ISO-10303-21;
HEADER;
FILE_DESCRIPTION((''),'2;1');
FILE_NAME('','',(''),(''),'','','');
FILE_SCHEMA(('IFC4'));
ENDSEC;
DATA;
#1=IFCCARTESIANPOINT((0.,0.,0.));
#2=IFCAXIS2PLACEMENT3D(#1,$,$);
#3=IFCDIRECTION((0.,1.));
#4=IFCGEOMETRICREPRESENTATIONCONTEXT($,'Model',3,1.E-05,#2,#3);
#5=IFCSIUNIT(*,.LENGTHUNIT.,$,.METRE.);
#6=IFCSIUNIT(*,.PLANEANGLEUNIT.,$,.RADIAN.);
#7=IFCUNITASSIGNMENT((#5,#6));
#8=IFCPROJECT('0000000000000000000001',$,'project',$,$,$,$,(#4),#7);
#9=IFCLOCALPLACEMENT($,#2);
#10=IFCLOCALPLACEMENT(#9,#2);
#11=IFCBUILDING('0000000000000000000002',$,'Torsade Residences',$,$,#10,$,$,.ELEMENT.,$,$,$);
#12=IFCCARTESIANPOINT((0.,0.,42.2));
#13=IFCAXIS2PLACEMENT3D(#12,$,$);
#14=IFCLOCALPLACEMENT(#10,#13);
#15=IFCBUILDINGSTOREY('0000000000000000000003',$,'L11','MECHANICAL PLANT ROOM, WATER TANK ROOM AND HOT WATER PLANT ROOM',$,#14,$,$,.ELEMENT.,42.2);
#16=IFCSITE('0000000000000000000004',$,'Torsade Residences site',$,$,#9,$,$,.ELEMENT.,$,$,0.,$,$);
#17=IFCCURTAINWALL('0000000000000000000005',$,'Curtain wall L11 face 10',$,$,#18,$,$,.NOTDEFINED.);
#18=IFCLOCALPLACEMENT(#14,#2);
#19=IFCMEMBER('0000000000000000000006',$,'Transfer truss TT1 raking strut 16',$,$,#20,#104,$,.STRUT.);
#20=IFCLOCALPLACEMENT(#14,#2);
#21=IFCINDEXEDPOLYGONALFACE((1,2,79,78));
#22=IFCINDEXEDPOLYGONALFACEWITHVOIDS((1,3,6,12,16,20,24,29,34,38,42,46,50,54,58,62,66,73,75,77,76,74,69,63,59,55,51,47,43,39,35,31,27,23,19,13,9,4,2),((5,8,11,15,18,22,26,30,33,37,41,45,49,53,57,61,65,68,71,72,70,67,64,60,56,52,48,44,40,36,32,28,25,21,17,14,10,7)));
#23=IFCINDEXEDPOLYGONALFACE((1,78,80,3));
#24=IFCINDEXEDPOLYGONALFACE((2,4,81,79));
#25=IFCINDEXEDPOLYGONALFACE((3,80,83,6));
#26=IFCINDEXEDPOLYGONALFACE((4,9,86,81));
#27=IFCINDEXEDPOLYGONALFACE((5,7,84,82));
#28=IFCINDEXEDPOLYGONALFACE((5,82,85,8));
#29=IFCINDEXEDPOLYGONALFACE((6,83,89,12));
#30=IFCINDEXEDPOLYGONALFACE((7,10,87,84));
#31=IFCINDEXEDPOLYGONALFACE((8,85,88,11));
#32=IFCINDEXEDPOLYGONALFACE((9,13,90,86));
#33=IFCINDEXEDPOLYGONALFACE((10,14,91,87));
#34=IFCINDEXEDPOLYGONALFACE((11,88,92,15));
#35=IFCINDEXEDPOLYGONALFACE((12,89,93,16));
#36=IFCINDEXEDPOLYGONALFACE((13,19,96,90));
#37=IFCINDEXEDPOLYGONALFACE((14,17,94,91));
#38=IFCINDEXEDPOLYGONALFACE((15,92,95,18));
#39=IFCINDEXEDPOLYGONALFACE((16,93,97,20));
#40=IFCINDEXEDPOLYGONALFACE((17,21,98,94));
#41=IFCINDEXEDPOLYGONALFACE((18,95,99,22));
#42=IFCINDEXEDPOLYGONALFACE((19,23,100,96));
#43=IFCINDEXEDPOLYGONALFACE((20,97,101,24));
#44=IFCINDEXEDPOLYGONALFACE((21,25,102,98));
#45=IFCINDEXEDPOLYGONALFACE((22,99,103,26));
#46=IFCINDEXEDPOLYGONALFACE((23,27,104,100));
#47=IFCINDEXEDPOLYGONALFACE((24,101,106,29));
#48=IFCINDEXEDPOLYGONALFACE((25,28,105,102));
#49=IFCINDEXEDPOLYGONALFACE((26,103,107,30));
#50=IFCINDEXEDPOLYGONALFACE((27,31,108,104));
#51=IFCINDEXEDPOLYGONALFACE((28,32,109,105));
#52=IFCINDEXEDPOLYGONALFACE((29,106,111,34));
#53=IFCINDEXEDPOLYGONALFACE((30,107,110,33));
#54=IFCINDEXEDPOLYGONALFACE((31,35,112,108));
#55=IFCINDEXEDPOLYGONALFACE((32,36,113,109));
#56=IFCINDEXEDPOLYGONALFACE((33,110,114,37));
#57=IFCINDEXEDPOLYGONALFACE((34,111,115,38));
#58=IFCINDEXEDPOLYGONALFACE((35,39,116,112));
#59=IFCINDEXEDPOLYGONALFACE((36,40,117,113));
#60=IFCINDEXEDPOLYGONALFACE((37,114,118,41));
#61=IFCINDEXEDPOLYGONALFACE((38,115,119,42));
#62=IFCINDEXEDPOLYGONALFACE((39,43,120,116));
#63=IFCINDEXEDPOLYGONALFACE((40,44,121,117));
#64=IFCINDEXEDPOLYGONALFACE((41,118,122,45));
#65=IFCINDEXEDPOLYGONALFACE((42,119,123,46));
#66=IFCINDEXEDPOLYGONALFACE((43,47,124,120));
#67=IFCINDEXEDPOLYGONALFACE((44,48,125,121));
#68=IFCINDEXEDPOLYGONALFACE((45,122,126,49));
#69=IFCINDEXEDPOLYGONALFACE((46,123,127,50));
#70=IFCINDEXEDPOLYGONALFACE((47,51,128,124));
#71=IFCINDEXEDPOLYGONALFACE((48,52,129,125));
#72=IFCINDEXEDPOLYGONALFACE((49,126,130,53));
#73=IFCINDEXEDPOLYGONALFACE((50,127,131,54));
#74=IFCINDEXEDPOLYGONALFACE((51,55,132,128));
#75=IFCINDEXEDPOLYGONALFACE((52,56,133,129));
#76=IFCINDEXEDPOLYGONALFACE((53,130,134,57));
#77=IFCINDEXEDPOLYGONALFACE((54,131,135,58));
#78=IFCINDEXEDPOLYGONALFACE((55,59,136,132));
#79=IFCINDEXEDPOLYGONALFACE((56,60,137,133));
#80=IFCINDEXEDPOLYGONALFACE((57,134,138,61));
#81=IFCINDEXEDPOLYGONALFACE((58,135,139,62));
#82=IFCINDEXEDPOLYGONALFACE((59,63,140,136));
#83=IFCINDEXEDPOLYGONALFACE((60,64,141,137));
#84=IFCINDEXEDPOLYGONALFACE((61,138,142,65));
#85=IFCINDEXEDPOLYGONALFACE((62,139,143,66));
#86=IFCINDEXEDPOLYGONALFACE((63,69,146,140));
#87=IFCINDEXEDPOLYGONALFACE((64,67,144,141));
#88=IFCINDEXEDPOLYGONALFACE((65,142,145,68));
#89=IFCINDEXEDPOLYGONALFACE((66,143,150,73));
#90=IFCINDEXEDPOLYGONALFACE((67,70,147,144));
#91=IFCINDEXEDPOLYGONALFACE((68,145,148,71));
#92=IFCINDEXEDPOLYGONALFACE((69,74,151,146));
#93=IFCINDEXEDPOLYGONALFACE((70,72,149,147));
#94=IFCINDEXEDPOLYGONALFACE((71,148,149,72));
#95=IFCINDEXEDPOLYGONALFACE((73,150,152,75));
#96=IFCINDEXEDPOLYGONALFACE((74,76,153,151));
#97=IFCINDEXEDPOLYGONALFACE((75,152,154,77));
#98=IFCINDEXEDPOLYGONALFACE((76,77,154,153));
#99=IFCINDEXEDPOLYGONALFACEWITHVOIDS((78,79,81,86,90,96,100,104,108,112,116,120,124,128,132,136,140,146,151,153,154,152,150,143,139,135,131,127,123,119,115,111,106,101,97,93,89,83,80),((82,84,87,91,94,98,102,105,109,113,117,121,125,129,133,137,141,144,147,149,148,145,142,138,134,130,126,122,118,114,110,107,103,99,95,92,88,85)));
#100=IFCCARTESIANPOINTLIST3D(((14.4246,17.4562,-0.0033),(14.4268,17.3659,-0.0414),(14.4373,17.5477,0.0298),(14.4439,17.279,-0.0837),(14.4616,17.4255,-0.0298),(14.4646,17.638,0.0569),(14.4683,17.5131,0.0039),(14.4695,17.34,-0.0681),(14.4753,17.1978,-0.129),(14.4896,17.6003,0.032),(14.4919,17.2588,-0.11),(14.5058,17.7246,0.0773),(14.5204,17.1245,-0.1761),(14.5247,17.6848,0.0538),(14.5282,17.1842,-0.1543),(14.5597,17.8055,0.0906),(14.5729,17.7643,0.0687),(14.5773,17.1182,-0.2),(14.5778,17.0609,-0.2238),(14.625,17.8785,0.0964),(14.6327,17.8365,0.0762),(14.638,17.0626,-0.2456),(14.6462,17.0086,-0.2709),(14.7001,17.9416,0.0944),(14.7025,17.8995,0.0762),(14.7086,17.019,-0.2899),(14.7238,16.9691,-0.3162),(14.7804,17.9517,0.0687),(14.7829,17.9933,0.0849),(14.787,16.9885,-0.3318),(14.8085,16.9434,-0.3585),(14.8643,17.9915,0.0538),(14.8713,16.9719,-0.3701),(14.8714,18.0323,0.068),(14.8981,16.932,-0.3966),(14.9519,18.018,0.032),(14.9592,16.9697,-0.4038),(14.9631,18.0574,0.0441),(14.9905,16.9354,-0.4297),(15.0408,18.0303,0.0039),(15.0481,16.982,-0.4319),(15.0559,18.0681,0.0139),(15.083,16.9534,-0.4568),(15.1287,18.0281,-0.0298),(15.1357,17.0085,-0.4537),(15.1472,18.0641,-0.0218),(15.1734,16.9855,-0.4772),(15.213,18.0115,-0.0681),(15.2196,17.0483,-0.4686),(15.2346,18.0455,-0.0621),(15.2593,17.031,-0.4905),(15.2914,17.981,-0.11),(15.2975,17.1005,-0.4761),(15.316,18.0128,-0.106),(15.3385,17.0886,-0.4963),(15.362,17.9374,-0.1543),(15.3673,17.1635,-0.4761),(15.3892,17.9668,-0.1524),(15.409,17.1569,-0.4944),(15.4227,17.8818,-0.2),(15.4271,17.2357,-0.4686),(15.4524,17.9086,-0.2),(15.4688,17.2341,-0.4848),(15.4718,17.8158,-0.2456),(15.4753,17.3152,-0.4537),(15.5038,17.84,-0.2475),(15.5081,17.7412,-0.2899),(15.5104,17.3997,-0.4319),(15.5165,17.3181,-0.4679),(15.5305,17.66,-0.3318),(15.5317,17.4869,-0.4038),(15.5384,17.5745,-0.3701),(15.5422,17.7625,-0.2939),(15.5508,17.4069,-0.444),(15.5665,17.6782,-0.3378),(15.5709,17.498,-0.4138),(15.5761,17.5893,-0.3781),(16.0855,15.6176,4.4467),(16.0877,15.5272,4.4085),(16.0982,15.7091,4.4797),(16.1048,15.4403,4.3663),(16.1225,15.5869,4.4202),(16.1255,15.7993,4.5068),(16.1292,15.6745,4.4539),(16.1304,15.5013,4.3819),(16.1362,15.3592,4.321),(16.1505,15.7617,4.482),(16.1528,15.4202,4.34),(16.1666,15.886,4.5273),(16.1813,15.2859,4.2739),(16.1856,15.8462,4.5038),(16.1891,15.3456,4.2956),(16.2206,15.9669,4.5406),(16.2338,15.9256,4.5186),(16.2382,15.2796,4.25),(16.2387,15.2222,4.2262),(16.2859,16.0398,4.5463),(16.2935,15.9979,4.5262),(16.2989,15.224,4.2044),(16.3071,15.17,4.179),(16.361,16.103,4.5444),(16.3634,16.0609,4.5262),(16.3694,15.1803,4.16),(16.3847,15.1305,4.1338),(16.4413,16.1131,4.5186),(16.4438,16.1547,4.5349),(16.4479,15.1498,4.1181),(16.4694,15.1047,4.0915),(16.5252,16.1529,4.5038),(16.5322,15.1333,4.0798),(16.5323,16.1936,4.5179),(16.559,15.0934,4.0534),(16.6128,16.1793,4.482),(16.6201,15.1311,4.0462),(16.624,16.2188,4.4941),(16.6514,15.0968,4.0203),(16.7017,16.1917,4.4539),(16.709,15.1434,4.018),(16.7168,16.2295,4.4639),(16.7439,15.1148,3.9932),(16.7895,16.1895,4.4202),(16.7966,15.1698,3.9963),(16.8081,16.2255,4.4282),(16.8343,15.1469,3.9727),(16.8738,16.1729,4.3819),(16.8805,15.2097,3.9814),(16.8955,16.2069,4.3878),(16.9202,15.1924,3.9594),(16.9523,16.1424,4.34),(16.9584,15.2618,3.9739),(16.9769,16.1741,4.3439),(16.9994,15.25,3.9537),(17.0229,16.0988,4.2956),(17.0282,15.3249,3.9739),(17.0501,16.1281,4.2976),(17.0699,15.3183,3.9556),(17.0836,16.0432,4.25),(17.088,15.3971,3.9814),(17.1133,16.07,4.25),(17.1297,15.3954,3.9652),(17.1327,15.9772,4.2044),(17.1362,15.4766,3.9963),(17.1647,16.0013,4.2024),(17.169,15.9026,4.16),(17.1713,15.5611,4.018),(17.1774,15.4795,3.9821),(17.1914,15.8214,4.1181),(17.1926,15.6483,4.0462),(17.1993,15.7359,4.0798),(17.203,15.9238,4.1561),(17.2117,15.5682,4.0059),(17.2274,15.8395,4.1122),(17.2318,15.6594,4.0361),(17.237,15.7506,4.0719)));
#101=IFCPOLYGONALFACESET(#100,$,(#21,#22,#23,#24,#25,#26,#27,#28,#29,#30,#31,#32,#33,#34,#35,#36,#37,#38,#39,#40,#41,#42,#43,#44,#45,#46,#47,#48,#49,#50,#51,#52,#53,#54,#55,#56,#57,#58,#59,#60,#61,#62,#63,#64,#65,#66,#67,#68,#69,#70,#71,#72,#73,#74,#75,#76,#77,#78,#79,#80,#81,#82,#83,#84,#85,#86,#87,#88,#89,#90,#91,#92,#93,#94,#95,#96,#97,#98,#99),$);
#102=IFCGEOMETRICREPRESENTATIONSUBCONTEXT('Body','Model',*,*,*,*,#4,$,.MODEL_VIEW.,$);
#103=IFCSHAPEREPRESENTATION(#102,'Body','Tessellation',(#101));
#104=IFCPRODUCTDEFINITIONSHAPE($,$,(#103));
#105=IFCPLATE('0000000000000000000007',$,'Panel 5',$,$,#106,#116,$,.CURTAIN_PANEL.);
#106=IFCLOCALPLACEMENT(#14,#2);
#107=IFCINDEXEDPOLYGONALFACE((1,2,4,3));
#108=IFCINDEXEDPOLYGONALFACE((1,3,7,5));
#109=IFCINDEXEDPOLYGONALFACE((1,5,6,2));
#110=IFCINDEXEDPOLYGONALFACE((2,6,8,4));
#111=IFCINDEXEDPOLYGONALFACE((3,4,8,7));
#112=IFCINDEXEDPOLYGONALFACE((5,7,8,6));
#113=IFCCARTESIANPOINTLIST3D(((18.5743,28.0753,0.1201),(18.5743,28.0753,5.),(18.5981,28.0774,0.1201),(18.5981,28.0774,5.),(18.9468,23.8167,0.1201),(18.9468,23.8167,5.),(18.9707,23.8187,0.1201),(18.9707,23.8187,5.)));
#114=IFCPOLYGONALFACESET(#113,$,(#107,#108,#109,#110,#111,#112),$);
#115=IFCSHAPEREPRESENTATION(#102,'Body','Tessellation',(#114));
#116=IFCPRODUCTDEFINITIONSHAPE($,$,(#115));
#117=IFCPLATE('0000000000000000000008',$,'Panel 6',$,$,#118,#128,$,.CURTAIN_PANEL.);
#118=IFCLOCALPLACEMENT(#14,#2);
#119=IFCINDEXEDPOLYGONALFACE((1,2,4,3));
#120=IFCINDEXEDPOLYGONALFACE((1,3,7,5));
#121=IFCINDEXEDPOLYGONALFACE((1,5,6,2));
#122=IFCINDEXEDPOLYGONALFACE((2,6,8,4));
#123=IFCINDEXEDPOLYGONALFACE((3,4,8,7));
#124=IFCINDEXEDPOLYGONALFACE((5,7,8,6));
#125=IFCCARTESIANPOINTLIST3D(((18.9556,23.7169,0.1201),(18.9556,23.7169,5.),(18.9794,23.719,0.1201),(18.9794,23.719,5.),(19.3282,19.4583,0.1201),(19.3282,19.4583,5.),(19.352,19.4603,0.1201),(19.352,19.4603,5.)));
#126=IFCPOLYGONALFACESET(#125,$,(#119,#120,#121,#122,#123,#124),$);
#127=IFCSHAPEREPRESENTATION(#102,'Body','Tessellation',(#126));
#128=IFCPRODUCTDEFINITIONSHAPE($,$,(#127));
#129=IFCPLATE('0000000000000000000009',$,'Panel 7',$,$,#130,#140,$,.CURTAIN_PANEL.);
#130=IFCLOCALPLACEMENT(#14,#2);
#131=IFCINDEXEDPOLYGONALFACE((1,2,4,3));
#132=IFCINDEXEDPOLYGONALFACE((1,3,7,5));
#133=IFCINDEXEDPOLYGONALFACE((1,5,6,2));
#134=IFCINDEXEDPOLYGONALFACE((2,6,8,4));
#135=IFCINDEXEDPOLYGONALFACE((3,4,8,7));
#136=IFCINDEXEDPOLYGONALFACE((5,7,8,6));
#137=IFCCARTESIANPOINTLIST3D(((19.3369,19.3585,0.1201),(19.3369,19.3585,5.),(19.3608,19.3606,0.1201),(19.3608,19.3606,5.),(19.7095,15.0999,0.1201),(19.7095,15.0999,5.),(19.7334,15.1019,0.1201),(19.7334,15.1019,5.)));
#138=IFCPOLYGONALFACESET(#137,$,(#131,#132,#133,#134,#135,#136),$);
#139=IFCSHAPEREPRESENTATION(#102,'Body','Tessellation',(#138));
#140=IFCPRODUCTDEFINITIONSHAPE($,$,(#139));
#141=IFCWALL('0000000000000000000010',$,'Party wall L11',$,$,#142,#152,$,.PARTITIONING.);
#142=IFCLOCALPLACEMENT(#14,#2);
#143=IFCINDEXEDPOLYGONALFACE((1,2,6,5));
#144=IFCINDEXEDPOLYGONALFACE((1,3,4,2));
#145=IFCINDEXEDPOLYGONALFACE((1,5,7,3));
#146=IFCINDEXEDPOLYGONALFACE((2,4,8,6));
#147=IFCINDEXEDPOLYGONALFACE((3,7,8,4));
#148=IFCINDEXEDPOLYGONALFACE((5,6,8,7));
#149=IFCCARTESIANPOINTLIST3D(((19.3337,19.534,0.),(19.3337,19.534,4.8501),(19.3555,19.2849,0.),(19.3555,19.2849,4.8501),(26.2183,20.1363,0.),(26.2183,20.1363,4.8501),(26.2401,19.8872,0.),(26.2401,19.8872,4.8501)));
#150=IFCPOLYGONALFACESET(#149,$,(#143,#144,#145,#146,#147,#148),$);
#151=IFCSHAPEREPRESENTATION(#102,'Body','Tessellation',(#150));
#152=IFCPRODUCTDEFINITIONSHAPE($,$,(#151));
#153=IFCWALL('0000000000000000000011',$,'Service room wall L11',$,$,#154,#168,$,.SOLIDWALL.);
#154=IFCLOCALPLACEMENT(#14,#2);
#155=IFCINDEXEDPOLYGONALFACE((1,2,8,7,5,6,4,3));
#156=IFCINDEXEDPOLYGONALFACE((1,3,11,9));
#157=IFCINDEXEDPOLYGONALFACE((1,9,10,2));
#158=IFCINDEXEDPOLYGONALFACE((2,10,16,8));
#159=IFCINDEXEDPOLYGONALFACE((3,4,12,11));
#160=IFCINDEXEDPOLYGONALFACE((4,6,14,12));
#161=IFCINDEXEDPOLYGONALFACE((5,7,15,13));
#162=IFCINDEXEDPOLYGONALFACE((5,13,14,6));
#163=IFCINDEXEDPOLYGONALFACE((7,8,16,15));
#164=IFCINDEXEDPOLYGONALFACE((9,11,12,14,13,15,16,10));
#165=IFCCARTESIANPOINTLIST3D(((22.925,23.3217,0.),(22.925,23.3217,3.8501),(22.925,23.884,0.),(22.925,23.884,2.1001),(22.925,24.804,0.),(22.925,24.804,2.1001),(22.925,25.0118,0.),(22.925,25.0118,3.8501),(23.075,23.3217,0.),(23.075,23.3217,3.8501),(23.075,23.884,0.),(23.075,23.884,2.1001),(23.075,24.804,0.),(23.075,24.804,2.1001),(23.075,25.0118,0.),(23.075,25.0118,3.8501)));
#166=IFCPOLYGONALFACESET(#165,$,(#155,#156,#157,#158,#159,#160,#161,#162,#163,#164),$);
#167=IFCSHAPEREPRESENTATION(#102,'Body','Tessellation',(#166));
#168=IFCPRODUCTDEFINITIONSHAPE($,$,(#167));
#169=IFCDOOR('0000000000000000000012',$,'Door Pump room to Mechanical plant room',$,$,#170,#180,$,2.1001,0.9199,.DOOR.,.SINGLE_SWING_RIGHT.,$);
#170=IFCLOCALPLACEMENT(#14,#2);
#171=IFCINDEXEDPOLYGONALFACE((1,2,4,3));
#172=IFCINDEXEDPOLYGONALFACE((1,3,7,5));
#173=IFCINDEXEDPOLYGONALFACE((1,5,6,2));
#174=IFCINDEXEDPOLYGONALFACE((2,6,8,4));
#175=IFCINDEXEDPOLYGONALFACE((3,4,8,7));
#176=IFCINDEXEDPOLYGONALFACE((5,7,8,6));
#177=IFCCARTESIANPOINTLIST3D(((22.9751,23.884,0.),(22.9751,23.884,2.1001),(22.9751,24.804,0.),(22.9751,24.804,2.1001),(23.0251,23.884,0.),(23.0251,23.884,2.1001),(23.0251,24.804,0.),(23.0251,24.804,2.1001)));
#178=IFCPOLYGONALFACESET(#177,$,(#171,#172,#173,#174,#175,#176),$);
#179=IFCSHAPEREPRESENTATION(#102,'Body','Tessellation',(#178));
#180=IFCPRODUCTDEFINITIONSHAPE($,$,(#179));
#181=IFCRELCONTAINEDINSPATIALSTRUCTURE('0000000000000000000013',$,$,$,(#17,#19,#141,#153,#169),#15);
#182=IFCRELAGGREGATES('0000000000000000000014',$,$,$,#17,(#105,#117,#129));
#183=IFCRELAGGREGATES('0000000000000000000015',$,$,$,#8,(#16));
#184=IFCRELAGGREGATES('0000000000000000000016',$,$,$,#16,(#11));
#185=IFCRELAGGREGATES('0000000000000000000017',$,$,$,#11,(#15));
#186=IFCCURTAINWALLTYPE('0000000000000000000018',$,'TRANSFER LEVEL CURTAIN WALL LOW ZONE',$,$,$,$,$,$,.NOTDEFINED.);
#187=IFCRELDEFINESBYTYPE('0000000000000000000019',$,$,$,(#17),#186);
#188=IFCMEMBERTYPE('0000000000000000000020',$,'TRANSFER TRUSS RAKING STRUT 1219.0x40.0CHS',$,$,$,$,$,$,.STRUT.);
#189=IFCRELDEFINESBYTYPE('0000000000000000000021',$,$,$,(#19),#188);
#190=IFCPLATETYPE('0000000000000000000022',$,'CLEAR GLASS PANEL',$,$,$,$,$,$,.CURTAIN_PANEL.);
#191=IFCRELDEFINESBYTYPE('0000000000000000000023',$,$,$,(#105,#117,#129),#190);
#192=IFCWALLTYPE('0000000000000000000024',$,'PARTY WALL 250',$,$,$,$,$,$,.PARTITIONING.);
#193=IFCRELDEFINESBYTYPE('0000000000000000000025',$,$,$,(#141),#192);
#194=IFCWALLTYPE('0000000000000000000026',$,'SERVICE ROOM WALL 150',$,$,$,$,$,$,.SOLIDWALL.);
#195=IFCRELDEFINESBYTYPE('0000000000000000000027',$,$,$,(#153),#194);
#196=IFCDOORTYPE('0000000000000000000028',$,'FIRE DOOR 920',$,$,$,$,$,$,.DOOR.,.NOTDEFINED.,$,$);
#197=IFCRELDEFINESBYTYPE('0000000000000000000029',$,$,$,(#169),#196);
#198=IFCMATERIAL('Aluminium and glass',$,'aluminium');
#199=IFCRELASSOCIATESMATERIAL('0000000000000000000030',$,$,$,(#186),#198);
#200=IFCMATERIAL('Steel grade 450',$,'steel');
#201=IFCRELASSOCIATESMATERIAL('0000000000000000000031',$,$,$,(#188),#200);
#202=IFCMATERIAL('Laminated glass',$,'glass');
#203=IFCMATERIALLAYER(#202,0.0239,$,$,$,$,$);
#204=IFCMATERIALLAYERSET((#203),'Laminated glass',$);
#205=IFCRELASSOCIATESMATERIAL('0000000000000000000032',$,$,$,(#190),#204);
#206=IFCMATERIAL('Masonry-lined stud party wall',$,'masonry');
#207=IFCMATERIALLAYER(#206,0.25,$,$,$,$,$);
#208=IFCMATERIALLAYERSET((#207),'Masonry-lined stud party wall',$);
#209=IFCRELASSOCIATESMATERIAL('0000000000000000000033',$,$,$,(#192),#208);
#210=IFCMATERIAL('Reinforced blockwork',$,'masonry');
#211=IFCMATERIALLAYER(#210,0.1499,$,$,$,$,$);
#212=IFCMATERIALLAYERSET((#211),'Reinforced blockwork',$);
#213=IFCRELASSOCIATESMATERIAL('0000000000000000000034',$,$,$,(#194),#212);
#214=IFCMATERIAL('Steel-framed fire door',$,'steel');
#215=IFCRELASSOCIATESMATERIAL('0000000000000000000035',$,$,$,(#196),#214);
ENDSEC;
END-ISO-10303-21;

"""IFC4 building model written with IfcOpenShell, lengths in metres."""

from ifc_helpers import new_model, si_unit, direction, frame, frame_2d, origin, origin_2d, place, context, subcontext, project, spatial, rectangle, hollow_circle, extrude, material, layer, layer_set, material_profile, profile_set, type_object, element, fill, aggregate, save


model = new_model("IFC4")

# Units and contexts
model_context = context("Model", 3, precision=1e-05, world=origin(), true_north=direction((0.0, 1.0)))
body_context = subcontext(model_context, "Body", "Model", "MODEL_VIEW")
ifc_project = project(units=[si_unit("LENGTHUNIT", "METRE"), si_unit("PLANEANGLEUNIT", "RADIAN")], contexts=[model_context])

# Site, building, storey
site_placement = place(None, origin())
site = spatial("IfcSite", under=ifc_project, at=site_placement, Name="Torsade Residences site", CompositionType="ELEMENT", RefElevation=0.0)
building_placement = place(site_placement, origin())
building = spatial("IfcBuilding", under=site, at=building_placement, Name="Torsade Residences", CompositionType="ELEMENT")
storey_placement = place(building_placement, frame((0.0, 0.0, 42.2)))
storey = spatial("IfcBuildingStorey", under=building, at=storey_placement, Name="L11", Description="MECHANICAL PLANT ROOM, WATER TANK ROOM AND HOT WATER PLANT ROOM", CompositionType="ELEMENT", Elevation=42.2)

# Curtain wall
ifc_material_1 = material(Name="Aluminium and glass", Category="aluminium")
curtain_wall_type = type_object("IfcCurtainWallType", Name="TRANSFER LEVEL CURTAIN WALL LOW ZONE", PredefinedType="NOTDEFINED", material=ifc_material_1)
curtain_wall_placement = place(storey_placement, origin())
curtain_wall = element("IfcCurtainWall", 1, at=curtain_wall_placement, inside=storey, type_object=curtain_wall_type, Name="Curtain wall L11 face 10", PredefinedType="NOTDEFINED")

# Member
ifc_material_2 = material(Name="Steel grade 450", Category="steel")
ifc_material_profile_1 = material_profile(ifc_material_2, hollow_circle(Radius=0.6096, WallThickness=0.04, at=origin_2d()), Name="1219.0x40.0CHS")
ifc_profile_set_1 = profile_set([ifc_material_profile_1], Name="Steel grade 450")
member_type_1 = type_object("IfcMemberType", Name="TRANSFER TRUSS RAKING STRUT 1219.0x40.0CHS", PredefinedType="STRUT", material=ifc_profile_set_1)
member_1_placement = place(storey_placement, frame((15.0, 17.5, -0.2), z_axis=(0.326096, -0.360992, 0.873697), x_axis=(0.742063, 0.67033, 0.0)))
element("IfcMember", 2, at=member_1_placement, inside=storey, type_object=member_type_1, Name="Transfer truss TT1 raking strut 16", PredefinedType="STRUT", context=body_context, shape_type="SweptSolid", body=[
    extrude(hollow_circle(Radius=0.6096, WallThickness=0.04, at=origin_2d()), origin(), (0.0, 0.0, 1.0), 5.0933),
])

# Plates
ifc_material_3 = material(Name="Laminated glass", Category="glass")
ifc_layer_1 = layer(ifc_material_3, 0.0239)
ifc_layer_set_1 = layer_set([ifc_layer_1], Name="Laminated glass")
plate_type = type_object("IfcPlateType", Name="CLEAR GLASS PANEL", PredefinedType="CURTAIN_PANEL", material=ifc_layer_set_1)
plate_1_placement = place(storey_placement, frame((18.7725, 25.947, 0.1201), z_axis=(0.0, 0.0, 1.0), x_axis=(0.087156, -0.996195, 0.0)))
plate_1 = element("IfcPlate", 3, at=plate_1_placement, type_object=plate_type, Name="Panel 5", PredefinedType="CURTAIN_PANEL", context=body_context, shape_type="SweptSolid", body=[
    extrude(rectangle(XDim=4.2749, YDim=0.0239, at=origin_2d()), origin(), (0.0, 0.0, 1.0), 4.8799),
])
plate_2_placement = place(storey_placement, frame((19.1538, 21.5886, 0.1201), z_axis=(0.0, 0.0, 1.0), x_axis=(0.087156, -0.996195, 0.0)))
plate_2 = element("IfcPlate", 4, at=plate_2_placement, type_object=plate_type, Name="Panel 6", PredefinedType="CURTAIN_PANEL", context=body_context, shape_type="SweptSolid", body=[
    extrude(rectangle(XDim=4.2749, YDim=0.0239, at=origin_2d()), origin(), (0.0, 0.0, 1.0), 4.8799),
])
plate_3_placement = place(storey_placement, frame((19.5352, 17.2302, 0.1201), z_axis=(0.0, 0.0, 1.0), x_axis=(0.087156, -0.996195, 0.0)))
plate_3 = element("IfcPlate", 5, at=plate_3_placement, type_object=plate_type, Name="Panel 7", PredefinedType="CURTAIN_PANEL", context=body_context, shape_type="SweptSolid", body=[
    extrude(rectangle(XDim=4.2749, YDim=0.0239, at=origin_2d()), origin(), (0.0, 0.0, 1.0), 4.8799),
])
aggregate(curtain_wall, [plate_1, plate_2, plate_3])

# Wall
ifc_material_4 = material(Name="Masonry-lined stud party wall", Category="masonry")
ifc_layer_2 = layer(ifc_material_4, 0.25)
ifc_layer_set_2 = layer_set([ifc_layer_2], Name="Masonry-lined stud party wall")
wall_type_1 = type_object("IfcWallType", Name="PARTY WALL 250", PredefinedType="PARTITIONING", material=ifc_layer_set_2)
wall_1_placement = place(storey_placement, frame((19.3445, 19.4094, 0.0), z_axis=(0.0, 0.0, 1.0), x_axis=(0.996195, 0.087152, 0.0)))
element("IfcWall", 6, at=wall_1_placement, inside=storey, type_object=wall_type_1, Name="Party wall L11", PredefinedType="PARTITIONING", context=body_context, shape_type="SweptSolid", body=[
    extrude(rectangle(XDim=6.9109, YDim=0.25, at=frame_2d((3.4556, 0.0))), origin(), (0.0, 0.0, 1.0), 4.8501),
])

# Wall, opening, door
ifc_material_5 = material(Name="Reinforced blockwork", Category="masonry")
ifc_layer_3 = layer(ifc_material_5, 0.1499)
ifc_layer_set_3 = layer_set([ifc_layer_3], Name="Reinforced blockwork")
wall_type_2 = type_object("IfcWallType", Name="SERVICE ROOM WALL 150", PredefinedType="SOLIDWALL", material=ifc_layer_set_3)
wall_2_placement = place(storey_placement, frame((23.0, 23.3215, 0.0), z_axis=(0.0, 0.0, 1.0), x_axis=(0.0, 1.0, 0.0)))
wall_2 = element("IfcWall", 7, at=wall_2_placement, inside=storey, type_object=wall_type_2, Name="Service room wall L11", PredefinedType="SOLIDWALL", context=body_context, shape_type="SweptSolid", body=[
    extrude(rectangle(XDim=1.6902, YDim=0.1499, at=frame_2d((0.8452, 0.0))), origin(), (0.0, 0.0, 1.0), 3.8501),
])
opening_placement = place(wall_2_placement, frame((0.5625, 0.0, 0.0)))
opening = element("IfcOpeningElement", 8, at=opening_placement, cuts=wall_2, PredefinedType="OPENING", context=body_context, shape_type="SweptSolid", body=[
    extrude(rectangle(XDim=0.9199, YDim=2.1001, at=frame_2d((0.46, 1.05))), frame((0.0, 0.085, 0.0), z_axis=(0.0, -1.0, 0.0), x_axis=(1.0, 0.0, 0.0)), (0.0, 0.0, 1.0), 0.1699),
])
ifc_material_6 = material(Name="Steel-framed fire door", Category="steel")
door_type = type_object("IfcDoorType", Name="FIRE DOOR 920", OperationType="NOTDEFINED", PredefinedType="DOOR", material=ifc_material_6)
door_placement = place(opening_placement, origin())
door = element("IfcDoor", 9, at=door_placement, inside=storey, type_object=door_type, Name="Door Pump room to Mechanical plant room", OperationType="SINGLE_SWING_RIGHT", OverallHeight=2.1001, OverallWidth=0.9199, PredefinedType="DOOR", context=body_context, shape_type="SweptSolid", body=[
    extrude(rectangle(XDim=0.9199, YDim=2.1001, at=frame_2d((0.46, 1.05))), frame((0.0, 0.0249, 0.0), z_axis=(0.0, -1.0, 0.0), x_axis=(1.0, 0.0, 0.0)), (0.0, 0.0, 1.0), 0.05),
])
fill(opening, door)

save(model, "model.ifc")
